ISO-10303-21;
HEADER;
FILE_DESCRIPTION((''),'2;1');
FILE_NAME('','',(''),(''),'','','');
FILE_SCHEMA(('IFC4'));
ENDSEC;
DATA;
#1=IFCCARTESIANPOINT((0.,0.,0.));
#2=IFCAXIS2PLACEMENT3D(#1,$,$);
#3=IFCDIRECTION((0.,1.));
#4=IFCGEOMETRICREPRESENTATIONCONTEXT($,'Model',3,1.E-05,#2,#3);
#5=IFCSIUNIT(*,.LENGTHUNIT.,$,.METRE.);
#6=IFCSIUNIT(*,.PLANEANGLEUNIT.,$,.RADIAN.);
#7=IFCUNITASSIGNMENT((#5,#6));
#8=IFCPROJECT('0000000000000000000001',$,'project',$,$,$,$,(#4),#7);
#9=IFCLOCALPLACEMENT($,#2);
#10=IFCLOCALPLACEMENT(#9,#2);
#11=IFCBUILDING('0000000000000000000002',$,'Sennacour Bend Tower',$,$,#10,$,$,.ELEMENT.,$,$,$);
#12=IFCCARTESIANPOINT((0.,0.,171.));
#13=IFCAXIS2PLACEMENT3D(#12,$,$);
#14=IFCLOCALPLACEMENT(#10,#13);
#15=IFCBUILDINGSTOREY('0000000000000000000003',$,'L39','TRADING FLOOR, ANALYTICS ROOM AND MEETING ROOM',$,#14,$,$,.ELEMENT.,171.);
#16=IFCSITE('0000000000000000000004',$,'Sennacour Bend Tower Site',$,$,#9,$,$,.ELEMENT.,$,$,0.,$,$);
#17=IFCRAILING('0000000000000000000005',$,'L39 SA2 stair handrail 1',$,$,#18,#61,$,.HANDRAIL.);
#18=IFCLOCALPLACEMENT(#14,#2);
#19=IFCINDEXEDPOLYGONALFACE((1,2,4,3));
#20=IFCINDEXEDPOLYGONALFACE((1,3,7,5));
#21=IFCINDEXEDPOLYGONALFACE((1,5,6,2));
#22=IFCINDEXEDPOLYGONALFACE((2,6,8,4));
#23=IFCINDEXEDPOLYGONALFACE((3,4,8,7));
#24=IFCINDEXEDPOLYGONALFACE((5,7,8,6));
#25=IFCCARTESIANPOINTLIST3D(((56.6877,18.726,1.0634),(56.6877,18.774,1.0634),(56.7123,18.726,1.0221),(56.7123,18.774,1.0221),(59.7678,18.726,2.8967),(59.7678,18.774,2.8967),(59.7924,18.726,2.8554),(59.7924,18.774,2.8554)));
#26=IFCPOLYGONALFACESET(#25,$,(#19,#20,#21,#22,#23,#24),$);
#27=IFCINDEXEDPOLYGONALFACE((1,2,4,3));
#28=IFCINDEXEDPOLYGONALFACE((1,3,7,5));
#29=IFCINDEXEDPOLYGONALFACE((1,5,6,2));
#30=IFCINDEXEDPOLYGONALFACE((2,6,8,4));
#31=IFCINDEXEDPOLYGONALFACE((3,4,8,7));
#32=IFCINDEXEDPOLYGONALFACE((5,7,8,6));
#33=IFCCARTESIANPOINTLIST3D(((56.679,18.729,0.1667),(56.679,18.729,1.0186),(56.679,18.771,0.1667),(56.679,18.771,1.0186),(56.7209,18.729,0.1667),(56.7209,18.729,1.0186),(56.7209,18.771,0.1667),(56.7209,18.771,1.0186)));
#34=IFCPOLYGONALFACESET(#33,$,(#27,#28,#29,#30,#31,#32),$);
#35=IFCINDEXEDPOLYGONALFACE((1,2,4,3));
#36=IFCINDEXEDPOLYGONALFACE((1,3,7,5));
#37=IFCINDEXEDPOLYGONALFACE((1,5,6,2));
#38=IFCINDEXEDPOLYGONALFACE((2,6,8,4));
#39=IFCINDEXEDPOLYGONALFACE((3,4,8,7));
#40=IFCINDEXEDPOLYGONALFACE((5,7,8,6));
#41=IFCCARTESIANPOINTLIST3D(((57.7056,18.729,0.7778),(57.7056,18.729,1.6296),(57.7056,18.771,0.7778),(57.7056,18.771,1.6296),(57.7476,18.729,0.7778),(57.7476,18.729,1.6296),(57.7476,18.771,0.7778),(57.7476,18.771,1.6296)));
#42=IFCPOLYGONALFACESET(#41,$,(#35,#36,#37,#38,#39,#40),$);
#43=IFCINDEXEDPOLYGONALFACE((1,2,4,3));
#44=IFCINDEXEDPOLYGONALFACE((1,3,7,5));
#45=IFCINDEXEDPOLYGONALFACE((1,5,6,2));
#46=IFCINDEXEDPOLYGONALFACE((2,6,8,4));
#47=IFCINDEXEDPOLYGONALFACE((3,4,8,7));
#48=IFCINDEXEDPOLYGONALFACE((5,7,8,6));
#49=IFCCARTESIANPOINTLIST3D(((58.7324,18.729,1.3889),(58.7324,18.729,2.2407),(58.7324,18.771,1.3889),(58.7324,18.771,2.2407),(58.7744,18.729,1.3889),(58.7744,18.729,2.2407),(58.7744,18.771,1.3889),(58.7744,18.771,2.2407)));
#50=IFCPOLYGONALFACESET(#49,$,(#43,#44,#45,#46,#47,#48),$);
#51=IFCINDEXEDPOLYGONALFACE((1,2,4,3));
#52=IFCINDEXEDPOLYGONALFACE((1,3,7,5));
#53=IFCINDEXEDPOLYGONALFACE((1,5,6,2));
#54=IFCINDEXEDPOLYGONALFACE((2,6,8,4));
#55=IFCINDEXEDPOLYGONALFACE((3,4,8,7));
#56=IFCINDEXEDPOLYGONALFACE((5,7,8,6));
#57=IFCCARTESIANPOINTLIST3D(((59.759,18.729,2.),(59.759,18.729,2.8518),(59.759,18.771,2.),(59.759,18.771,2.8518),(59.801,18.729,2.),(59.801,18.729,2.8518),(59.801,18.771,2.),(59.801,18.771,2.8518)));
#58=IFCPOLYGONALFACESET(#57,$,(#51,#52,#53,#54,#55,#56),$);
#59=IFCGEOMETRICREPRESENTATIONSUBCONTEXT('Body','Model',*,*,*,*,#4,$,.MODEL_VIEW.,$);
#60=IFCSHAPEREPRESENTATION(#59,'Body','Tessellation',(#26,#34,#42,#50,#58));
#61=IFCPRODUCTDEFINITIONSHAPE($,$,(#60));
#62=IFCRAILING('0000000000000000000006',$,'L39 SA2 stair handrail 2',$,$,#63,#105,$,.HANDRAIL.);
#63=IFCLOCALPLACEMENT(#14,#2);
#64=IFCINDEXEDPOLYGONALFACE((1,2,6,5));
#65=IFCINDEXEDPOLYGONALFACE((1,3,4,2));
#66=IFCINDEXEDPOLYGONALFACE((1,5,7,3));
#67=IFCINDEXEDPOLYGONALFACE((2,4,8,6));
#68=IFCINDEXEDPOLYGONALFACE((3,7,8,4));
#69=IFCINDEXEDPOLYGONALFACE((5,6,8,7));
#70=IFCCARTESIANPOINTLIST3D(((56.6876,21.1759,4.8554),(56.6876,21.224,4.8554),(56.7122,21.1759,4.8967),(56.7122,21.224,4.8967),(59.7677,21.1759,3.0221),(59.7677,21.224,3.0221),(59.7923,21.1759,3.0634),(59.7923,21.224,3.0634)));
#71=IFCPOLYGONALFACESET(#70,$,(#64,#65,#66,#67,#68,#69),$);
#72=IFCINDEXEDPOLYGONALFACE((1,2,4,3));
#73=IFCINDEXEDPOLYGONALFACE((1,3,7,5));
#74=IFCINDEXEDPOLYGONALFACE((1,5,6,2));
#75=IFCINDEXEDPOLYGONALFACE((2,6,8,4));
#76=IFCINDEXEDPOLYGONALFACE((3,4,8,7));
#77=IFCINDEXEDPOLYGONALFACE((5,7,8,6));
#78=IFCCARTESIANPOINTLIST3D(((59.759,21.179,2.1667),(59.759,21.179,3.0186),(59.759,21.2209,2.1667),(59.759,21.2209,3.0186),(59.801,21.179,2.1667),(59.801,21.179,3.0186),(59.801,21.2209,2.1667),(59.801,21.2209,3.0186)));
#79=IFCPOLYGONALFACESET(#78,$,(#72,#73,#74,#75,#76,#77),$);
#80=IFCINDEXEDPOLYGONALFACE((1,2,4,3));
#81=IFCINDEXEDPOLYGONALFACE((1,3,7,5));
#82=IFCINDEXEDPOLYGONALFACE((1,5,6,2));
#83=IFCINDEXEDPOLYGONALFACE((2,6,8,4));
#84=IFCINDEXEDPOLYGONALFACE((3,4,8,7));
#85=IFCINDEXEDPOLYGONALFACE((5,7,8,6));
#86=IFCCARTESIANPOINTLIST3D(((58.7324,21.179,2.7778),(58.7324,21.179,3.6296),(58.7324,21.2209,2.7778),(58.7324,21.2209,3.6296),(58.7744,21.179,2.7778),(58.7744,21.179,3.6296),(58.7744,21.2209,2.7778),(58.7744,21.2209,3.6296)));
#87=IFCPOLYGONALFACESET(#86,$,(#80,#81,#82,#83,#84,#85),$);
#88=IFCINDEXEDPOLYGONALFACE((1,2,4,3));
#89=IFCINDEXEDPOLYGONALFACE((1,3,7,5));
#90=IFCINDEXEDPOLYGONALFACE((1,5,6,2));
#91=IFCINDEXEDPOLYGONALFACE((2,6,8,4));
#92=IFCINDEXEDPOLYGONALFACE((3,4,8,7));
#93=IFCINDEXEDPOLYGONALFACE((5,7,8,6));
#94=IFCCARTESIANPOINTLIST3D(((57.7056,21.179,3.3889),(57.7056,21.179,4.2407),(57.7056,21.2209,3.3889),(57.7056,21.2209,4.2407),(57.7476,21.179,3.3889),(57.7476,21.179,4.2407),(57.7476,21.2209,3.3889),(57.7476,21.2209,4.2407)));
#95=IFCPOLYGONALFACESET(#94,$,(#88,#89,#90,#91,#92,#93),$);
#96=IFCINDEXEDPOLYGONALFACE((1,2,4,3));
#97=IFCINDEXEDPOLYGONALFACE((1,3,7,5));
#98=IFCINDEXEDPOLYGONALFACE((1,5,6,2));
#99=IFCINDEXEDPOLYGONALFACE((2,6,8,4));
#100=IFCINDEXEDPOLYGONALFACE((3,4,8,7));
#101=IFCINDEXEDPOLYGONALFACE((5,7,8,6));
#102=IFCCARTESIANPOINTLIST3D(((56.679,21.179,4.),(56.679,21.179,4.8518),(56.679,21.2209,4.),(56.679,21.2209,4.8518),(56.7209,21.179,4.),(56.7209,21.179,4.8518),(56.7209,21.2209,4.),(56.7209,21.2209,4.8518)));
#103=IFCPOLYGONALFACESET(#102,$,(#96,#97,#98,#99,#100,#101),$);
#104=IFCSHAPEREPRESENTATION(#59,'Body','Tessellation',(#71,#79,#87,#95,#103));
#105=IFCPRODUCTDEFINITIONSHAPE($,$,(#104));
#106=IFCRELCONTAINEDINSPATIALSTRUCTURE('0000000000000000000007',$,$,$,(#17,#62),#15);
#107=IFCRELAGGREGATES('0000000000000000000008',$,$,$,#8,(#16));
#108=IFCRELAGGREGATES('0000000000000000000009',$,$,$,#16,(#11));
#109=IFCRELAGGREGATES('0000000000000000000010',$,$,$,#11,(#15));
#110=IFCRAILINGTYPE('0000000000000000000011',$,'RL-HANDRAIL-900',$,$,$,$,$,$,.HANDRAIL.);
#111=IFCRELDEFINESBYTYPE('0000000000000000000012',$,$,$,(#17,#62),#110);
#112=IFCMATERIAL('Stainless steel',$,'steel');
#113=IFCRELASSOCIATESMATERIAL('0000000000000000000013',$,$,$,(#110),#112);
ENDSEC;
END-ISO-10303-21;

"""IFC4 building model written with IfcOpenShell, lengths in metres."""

from ifc_helpers import new_model, si_unit, direction, frame, origin, origin_2d, place, context, subcontext, project, spatial, rectangle, extrude, material, type_object, element, save


model = new_model("IFC4")

# Units and contexts
model_context = context("Model", 3, precision=1e-05, world=origin(), true_north=direction((0.0, 1.0)))
body_context = subcontext(model_context, "Body", "Model", "MODEL_VIEW")
ifc_project = project(units=[si_unit("LENGTHUNIT", "METRE"), si_unit("PLANEANGLEUNIT", "RADIAN")], contexts=[model_context])

# Site, building, storey
site_placement = place(None, origin())
site = spatial("IfcSite", under=ifc_project, at=site_placement, Name="Sennacour Bend Tower Site", CompositionType="ELEMENT", RefElevation=0.0)
building_placement = place(site_placement, origin())
building = spatial("IfcBuilding", under=site, at=building_placement, Name="Sennacour Bend Tower", CompositionType="ELEMENT")
storey_placement = place(building_placement, frame((0.0, 0.0, 171.0)))
storey = spatial("IfcBuildingStorey", under=building, at=storey_placement, Name="L39", Description="TRADING FLOOR, ANALYTICS ROOM AND MEETING ROOM", CompositionType="ELEMENT", Elevation=171.0)

# Shared definitions
ifc_material_1 = material(Name="Stainless steel", Category="steel")

# Railings
railing_type_1 = type_object("IfcRailingType", Name="RL-HANDRAIL-900", PredefinedType="HANDRAIL", material=ifc_material_1)
railing_1_placement = place(storey_placement, frame((56.7, 18.75, 0.1667)))
element("IfcRailing", 1, at=railing_1_placement, inside=storey, type_object=railing_type_1, Name="L39 SA2 stair handrail 1", PredefinedType="HANDRAIL", context=body_context, shape_type="SweptSolid", body=[
    extrude(rectangle(XDim=0.0481, YDim=0.0481, at=origin_2d()), frame((0.0, 0.0, 0.876), z_axis=(0.859309, 0.0, 0.511458), x_axis=(0.0, 1.0, 0.0)), (0.0, 0.0, 1.0), 3.5845),
    extrude(rectangle(XDim=0.042, YDim=0.042, at=origin_2d()), origin(), (0.0, 0.0, 1.0), 0.8518),
    extrude(rectangle(XDim=0.042, YDim=0.042, at=origin_2d()), frame((1.0266, 0.0, 0.6111)), (0.0, 0.0, 1.0), 0.8518),
    extrude(rectangle(XDim=0.042, YDim=0.042, at=origin_2d()), frame((2.0535, 0.0, 1.2222)), (0.0, 0.0, 1.0), 0.8518),
    extrude(rectangle(XDim=0.042, YDim=0.042, at=origin_2d()), frame((3.0801, 0.0, 1.8333)), (0.0, 0.0, 1.0), 0.8518),
])
railing_2_placement = place(storey_placement, frame((59.78, 21.2, 2.1667)))
element("IfcRailing", 2, at=railing_2_placement, inside=storey, type_object=railing_type_1, Name="L39 SA2 stair handrail 2", PredefinedType="HANDRAIL", context=body_context, shape_type="SweptSolid", body=[
    extrude(rectangle(XDim=0.0481, YDim=0.0481, at=origin_2d()), frame((0.0, 0.0, 0.876), z_axis=(-0.859309, 0.0, 0.511458), x_axis=(0.0, -1.0, 0.0)), (0.0, 0.0, 1.0), 3.5845),
    extrude(rectangle(XDim=0.042, YDim=0.042, at=origin_2d()), origin(), (0.0, 0.0, 1.0), 0.8518),
    extrude(rectangle(XDim=0.042, YDim=0.042, at=origin_2d()), frame((-1.0266, 0.0, 0.6111)), (0.0, 0.0, 1.0), 0.8518),
    extrude(rectangle(XDim=0.042, YDim=0.042, at=origin_2d()), frame((-2.0535, 0.0, 1.2222)), (0.0, 0.0, 1.0), 0.8518),
    extrude(rectangle(XDim=0.042, YDim=0.042, at=origin_2d()), frame((-3.0801, 0.0, 1.8333)), (0.0, 0.0, 1.0), 0.8518),
])

save(model, "model.ifc")
